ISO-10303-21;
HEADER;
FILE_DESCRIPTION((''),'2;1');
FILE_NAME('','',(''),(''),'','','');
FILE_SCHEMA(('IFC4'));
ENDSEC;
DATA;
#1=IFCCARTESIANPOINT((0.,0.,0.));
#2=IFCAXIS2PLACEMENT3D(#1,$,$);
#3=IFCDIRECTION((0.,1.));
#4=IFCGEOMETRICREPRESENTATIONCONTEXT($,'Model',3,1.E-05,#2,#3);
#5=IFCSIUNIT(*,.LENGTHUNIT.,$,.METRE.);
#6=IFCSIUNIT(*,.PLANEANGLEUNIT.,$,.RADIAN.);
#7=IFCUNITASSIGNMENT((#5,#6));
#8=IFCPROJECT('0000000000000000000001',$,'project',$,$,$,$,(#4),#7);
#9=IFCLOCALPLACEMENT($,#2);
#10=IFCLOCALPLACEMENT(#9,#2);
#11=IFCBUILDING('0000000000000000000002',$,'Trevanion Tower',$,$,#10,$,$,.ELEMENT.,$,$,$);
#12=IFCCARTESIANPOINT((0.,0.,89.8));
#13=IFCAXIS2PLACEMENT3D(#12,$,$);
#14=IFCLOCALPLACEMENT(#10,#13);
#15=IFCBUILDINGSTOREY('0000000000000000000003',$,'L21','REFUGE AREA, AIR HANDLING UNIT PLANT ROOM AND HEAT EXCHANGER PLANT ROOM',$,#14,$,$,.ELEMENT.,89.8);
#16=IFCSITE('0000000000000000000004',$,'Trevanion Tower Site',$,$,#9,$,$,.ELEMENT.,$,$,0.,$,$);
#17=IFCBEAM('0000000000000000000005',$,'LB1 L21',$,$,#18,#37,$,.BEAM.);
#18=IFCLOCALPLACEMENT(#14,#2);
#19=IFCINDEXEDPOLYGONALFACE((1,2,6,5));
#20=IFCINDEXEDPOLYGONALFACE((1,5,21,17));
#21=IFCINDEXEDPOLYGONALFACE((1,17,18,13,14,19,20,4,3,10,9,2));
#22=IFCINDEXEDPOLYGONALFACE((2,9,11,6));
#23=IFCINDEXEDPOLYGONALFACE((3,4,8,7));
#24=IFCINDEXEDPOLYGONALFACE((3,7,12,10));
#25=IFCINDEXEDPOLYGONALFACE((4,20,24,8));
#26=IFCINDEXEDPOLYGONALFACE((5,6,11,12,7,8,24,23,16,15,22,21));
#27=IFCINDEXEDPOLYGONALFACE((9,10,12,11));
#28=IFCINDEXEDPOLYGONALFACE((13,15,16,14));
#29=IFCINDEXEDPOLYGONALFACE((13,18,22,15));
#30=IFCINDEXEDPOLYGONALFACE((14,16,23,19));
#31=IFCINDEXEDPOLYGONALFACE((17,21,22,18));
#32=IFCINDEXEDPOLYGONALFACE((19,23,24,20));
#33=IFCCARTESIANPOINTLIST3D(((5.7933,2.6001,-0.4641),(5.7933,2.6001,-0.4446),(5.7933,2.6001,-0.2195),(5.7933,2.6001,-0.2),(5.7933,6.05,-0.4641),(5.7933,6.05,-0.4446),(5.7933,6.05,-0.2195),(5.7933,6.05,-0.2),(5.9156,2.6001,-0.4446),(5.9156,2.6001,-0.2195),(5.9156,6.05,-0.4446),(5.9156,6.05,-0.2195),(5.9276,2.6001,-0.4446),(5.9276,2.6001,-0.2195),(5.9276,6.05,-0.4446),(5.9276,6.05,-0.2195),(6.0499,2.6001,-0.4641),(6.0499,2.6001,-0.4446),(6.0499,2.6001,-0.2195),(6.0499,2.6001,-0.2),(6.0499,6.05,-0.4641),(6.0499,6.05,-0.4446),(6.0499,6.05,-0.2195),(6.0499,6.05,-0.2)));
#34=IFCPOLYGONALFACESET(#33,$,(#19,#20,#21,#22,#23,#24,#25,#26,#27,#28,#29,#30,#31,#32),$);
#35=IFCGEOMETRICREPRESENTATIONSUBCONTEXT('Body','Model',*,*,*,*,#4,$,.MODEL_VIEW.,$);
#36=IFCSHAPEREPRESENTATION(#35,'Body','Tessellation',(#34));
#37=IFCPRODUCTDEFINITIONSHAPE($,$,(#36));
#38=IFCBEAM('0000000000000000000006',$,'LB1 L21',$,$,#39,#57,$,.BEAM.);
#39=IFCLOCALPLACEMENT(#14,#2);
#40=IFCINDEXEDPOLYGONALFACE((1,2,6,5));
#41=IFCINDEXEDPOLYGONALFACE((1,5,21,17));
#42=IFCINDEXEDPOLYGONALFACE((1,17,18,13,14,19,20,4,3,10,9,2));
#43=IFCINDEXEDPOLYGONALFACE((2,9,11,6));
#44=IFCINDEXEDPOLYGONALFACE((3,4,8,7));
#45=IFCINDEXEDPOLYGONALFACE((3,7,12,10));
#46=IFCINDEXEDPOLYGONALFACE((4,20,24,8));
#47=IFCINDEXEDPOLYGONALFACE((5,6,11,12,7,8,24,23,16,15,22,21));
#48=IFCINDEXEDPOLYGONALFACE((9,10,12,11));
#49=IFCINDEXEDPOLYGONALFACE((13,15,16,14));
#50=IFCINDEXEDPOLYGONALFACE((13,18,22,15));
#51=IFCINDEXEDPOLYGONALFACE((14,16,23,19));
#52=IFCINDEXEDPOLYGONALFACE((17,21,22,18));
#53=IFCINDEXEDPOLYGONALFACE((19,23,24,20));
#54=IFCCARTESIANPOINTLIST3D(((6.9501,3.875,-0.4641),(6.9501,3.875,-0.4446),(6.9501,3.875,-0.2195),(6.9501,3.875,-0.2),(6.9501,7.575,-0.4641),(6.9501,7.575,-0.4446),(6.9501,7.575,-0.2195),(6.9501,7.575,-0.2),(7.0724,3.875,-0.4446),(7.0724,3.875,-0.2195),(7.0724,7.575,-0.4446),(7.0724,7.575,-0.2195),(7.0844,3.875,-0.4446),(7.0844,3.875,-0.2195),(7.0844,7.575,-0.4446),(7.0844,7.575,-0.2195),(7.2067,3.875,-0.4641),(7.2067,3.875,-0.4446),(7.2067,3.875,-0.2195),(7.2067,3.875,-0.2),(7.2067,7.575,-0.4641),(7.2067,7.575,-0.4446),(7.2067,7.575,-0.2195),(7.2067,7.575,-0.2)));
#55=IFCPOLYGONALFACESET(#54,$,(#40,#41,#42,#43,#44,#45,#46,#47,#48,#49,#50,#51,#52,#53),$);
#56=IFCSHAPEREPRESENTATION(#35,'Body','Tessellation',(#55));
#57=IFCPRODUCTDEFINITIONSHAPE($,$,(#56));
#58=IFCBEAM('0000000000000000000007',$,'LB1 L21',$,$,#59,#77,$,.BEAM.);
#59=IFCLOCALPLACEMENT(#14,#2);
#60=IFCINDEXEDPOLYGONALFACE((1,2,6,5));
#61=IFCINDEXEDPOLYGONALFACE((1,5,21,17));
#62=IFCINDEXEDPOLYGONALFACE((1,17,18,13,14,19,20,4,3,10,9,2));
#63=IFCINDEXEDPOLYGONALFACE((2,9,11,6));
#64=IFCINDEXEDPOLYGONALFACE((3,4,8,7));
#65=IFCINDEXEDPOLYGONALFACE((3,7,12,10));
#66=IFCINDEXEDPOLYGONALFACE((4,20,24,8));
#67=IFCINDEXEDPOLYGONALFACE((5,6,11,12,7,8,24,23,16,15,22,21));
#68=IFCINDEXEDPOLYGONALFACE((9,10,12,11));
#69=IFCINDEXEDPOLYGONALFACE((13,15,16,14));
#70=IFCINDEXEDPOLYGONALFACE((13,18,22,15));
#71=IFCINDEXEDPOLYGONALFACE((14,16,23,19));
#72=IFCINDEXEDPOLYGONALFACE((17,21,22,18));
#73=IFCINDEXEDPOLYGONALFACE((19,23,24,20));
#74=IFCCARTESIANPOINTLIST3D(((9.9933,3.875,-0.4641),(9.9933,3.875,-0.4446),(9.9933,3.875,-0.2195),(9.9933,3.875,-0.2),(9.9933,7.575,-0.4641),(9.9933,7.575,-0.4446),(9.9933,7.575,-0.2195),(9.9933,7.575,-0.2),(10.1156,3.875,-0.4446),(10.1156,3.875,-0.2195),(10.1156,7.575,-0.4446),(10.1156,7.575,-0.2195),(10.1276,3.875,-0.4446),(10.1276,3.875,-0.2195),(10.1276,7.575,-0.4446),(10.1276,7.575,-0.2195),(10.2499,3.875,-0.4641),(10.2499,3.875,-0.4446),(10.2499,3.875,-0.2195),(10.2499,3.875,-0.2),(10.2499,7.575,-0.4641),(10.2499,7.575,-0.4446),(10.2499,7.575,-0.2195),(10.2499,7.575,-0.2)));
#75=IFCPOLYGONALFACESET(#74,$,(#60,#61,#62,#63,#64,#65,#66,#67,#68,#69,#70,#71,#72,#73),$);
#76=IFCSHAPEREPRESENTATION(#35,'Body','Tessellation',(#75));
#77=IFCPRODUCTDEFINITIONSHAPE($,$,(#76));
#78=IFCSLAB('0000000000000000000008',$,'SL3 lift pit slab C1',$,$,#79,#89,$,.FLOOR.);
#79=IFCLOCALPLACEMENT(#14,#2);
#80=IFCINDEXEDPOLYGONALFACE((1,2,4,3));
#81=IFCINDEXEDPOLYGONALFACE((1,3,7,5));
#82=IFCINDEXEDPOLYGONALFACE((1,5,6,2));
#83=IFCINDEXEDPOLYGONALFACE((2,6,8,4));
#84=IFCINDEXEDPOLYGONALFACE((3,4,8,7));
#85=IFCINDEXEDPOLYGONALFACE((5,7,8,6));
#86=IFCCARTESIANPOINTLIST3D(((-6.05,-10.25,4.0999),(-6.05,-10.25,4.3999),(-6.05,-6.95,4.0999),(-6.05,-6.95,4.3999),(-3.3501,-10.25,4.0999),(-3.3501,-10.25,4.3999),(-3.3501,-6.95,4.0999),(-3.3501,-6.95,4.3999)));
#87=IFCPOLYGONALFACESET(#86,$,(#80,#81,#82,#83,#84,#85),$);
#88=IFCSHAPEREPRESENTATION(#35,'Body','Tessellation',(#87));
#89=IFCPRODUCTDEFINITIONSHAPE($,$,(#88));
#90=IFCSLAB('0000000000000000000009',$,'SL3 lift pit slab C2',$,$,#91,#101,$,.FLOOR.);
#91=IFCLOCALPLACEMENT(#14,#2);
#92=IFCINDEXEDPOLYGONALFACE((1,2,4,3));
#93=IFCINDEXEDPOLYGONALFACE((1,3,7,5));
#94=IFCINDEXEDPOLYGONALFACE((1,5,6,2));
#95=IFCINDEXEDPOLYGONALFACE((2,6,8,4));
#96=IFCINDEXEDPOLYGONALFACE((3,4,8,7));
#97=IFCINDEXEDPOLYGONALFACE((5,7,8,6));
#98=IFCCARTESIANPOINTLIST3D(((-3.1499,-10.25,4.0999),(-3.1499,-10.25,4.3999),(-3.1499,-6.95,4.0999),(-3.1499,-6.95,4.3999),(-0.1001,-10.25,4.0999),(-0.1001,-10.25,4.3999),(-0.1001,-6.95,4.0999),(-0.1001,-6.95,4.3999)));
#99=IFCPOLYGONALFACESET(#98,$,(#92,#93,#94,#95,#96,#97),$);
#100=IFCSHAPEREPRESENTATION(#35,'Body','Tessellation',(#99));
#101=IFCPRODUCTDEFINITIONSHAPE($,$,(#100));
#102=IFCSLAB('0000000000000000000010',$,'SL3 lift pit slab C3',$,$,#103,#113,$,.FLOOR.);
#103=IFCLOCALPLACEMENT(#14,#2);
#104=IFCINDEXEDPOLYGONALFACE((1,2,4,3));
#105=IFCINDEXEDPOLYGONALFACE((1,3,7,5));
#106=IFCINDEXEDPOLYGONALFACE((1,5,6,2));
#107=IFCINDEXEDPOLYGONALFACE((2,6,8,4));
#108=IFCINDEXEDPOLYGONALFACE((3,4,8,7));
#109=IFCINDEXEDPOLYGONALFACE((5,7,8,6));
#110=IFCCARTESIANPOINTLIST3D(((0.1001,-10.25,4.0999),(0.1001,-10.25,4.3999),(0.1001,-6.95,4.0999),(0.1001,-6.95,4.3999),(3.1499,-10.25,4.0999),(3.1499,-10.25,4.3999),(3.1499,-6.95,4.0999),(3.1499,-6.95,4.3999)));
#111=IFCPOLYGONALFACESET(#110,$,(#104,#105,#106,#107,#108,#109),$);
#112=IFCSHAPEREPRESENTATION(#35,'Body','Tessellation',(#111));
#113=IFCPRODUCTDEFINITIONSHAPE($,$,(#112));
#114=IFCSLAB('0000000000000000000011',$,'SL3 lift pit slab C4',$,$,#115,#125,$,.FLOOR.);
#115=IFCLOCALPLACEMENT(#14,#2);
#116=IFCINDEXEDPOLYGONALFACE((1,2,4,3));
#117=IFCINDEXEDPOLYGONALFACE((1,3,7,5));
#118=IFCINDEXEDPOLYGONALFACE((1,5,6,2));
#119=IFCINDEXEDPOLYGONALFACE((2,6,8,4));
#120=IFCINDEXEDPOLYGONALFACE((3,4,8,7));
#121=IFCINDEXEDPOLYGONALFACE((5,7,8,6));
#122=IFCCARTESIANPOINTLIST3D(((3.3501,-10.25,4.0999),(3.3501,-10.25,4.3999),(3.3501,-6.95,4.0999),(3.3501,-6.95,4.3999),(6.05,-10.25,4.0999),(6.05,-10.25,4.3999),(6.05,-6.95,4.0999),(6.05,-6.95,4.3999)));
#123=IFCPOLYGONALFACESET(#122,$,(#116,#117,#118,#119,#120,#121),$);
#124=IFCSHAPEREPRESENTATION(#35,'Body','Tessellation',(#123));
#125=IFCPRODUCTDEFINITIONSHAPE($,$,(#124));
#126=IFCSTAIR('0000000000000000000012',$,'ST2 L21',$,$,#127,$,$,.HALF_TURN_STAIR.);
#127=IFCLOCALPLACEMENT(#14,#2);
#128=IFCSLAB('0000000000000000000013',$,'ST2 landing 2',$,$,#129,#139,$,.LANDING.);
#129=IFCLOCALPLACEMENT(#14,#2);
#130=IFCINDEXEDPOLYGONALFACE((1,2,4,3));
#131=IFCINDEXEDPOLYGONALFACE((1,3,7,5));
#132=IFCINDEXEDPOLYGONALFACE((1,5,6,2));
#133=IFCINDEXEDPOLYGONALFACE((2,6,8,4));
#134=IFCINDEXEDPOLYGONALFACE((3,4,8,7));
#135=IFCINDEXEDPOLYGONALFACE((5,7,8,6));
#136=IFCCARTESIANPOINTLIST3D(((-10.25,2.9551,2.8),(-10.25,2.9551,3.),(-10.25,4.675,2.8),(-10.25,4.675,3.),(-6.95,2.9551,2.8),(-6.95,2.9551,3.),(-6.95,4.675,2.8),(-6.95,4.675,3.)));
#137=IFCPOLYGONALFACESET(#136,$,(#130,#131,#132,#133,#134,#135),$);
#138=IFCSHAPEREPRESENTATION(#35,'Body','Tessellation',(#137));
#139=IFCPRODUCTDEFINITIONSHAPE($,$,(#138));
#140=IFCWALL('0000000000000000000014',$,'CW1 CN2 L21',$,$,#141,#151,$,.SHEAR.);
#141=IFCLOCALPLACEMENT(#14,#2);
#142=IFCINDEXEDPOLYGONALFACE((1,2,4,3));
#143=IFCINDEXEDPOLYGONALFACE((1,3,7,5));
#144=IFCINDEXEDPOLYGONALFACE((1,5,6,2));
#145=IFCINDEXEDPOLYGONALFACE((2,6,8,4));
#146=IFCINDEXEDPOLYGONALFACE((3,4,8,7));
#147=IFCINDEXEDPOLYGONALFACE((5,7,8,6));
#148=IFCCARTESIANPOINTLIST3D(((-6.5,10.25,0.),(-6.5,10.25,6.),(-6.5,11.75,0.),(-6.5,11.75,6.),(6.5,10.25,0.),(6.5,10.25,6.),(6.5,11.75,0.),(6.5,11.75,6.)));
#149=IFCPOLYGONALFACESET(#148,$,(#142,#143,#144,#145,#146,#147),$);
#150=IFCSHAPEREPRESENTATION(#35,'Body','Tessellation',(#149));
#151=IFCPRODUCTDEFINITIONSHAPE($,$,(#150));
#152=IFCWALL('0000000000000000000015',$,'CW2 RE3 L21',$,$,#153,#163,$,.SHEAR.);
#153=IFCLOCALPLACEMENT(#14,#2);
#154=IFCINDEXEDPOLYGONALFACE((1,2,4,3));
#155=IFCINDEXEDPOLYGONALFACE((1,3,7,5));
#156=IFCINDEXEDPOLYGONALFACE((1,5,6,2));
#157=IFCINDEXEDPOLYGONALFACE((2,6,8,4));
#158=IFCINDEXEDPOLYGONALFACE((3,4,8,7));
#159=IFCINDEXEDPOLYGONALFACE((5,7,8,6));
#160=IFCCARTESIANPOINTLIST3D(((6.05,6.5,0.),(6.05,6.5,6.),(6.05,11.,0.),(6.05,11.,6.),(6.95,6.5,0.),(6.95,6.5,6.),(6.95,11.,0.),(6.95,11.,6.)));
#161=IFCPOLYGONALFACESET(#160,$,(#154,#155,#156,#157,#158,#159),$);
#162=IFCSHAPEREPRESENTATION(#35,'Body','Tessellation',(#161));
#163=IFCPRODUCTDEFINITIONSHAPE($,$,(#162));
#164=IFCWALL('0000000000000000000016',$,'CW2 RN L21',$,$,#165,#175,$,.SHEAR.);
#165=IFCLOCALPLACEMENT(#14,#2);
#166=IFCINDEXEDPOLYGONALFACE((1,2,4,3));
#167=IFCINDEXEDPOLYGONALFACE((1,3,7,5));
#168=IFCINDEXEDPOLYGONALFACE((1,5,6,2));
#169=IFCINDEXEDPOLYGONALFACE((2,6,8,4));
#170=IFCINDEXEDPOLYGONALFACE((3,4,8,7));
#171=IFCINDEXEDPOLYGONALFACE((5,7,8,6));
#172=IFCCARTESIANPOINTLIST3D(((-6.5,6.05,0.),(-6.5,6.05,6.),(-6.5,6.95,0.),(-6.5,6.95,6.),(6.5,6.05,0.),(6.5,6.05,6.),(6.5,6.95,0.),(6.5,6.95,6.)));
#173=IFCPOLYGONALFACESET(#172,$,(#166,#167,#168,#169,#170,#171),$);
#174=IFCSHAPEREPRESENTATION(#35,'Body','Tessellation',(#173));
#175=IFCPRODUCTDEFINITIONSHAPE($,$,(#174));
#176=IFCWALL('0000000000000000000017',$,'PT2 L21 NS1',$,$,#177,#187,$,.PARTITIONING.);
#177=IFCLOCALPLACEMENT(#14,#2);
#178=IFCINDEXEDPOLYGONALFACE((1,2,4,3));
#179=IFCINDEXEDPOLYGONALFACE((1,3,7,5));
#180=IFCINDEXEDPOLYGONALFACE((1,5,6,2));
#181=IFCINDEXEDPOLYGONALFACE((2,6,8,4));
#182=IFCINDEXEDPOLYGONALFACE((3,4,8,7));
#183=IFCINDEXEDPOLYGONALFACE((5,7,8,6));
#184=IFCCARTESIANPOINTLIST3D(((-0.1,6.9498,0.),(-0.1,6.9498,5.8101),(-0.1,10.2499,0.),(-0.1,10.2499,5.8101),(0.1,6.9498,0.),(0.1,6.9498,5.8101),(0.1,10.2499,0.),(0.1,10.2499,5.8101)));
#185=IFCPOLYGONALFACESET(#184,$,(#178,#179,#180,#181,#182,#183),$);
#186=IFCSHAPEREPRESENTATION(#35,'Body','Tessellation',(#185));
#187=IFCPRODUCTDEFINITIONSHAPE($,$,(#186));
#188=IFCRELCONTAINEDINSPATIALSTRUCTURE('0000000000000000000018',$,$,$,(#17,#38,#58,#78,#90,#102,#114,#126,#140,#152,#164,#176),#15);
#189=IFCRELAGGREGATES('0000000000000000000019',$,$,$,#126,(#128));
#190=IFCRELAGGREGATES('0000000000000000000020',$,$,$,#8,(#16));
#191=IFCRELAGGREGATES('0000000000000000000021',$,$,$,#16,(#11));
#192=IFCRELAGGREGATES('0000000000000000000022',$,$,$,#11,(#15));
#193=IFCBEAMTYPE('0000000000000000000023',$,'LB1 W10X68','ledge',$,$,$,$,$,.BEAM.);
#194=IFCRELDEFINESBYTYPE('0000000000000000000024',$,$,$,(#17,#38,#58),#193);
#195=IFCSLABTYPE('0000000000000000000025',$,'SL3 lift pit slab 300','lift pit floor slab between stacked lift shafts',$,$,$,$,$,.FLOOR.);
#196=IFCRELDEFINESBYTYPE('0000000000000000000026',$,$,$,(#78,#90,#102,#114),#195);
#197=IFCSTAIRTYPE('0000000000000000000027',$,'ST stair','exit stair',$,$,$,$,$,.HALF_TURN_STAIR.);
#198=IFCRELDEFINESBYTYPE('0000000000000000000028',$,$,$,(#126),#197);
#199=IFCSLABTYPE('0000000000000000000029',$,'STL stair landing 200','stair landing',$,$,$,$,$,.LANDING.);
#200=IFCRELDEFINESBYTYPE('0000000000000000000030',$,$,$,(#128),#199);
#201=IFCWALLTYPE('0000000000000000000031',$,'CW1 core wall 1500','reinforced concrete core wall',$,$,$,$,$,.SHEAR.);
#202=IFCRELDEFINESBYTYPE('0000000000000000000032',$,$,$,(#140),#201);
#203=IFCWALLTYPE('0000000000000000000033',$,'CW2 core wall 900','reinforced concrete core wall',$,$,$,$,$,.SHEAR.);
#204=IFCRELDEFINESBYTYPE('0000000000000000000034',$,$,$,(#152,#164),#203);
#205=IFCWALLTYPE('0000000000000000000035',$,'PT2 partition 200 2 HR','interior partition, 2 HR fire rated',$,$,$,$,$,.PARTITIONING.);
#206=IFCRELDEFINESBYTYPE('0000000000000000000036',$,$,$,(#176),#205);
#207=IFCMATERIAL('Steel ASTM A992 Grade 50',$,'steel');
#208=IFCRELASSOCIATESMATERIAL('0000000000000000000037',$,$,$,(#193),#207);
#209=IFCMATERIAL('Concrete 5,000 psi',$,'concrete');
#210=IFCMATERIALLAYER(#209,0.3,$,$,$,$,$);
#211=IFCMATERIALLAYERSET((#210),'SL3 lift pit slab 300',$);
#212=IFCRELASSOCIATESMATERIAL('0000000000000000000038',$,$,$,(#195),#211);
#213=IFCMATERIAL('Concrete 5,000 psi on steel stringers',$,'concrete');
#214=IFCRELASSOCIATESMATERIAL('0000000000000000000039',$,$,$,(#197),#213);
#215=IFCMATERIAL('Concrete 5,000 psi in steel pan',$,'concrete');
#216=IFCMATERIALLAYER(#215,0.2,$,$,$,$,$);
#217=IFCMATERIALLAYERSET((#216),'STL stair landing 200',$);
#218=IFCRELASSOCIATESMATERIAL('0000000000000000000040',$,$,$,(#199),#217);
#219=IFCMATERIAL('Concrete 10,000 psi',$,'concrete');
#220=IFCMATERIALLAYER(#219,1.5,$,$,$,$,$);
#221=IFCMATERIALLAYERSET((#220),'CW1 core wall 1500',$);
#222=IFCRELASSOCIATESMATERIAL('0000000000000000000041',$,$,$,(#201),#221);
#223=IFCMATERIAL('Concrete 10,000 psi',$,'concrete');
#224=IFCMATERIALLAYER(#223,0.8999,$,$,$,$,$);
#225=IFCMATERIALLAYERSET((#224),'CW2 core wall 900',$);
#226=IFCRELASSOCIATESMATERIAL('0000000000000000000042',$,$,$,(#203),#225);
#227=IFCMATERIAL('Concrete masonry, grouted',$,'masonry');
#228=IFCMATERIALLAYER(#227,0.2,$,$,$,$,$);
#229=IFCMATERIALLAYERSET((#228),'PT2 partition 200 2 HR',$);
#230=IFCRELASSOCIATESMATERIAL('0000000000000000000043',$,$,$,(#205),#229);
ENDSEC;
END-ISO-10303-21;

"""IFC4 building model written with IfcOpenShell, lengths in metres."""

from ifc_helpers import new_model, si_unit, direction, frame, frame_2d, origin, origin_2d, place, context, subcontext, project, spatial, polyline, rectangle, i_section, outline, extrude, material, layer, layer_set, material_profile, profile_set, type_object, element, aggregate, save


model = new_model("IFC4")

# Units and contexts
model_context = context("Model", 3, precision=1e-05, world=origin(), true_north=direction((0.0, 1.0)))
body_context = subcontext(model_context, "Body", "Model", "MODEL_VIEW")
ifc_project = project(units=[si_unit("LENGTHUNIT", "METRE"), si_unit("PLANEANGLEUNIT", "RADIAN")], contexts=[model_context])

# Site, building, storey
site_placement = place(None, origin())
site = spatial("IfcSite", under=ifc_project, at=site_placement, Name="Trevanion Tower Site", CompositionType="ELEMENT", RefElevation=0.0)
building_placement = place(site_placement, origin())
building = spatial("IfcBuilding", under=site, at=building_placement, Name="Trevanion Tower", CompositionType="ELEMENT")
storey_placement = place(building_placement, frame((0.0, 0.0, 89.8)))
storey = spatial("IfcBuildingStorey", under=building, at=storey_placement, Name="L21", Description="REFUGE AREA, AIR HANDLING UNIT PLANT ROOM AND HEAT EXCHANGER PLANT ROOM", CompositionType="ELEMENT", Elevation=89.8)

# Beams
ifc_material_1 = material(Name="Steel ASTM A992 Grade 50", Category="steel")
ifc_material_profile = material_profile(ifc_material_1, i_section(OverallWidth=0.2566, OverallDepth=0.2642, WebThickness=0.012, FlangeThickness=0.0195, at=origin_2d()), Name="W10X68")
ifc_profile_set = profile_set([ifc_material_profile], Name="Steel ASTM A992 Grade 50")
beam_type = type_object("IfcBeamType", Name="LB1 W10X68", Description="ledge", PredefinedType="BEAM", material=ifc_profile_set)
beam_placement = place(storey_placement, frame((5.9216, 2.6001, -0.332), z_axis=(0.0, 1.0, 0.0), x_axis=(-1.0, 0.0, 0.0)))
element("IfcBeam", 1, at=beam_placement, inside=storey, type_object=beam_type, Name="LB1 L21", PredefinedType="BEAM", context=body_context, shape_type="SweptSolid", body=[
    extrude(i_section(OverallWidth=0.2566, OverallDepth=0.2642, WebThickness=0.012, FlangeThickness=0.0195, at=origin_2d()), origin(), (0.0, 0.0, 1.0), 3.45),
])
for number, where, z_axis, x_axis, name in (
    (2, (7.0784, 3.875, -0.332), (0.0, 1.0, 0.0), (-1.0, 0.0, 0.0), "LB1 L21"),
    (3, (10.1216, 3.875, -0.332), (0.0, 1.0, 0.0), (-1.0, 0.0, 0.0), "LB1 L21"),
):
    element("IfcBeam", number, at=place(storey_placement, frame(where, z_axis=z_axis, x_axis=x_axis)), inside=storey, type_object=beam_type, Name=name, PredefinedType="BEAM", context=body_context, shape_type="SweptSolid", body=[
        extrude(i_section(OverallWidth=0.2566, OverallDepth=0.2642, WebThickness=0.012, FlangeThickness=0.0195, at=origin_2d()), origin(), (0.0, 0.0, 1.0), 3.7),
    ])

# Slabs
ifc_material_2 = material(Name="Concrete 5,000 psi", Category="concrete")
ifc_layer_1 = layer(ifc_material_2, 0.3)
ifc_layer_set_1 = layer_set([ifc_layer_1], Name="SL3 lift pit slab 300")
slab_type_1 = type_object("IfcSlabType", Name="SL3 lift pit slab 300", Description="lift pit floor slab between stacked lift shafts", PredefinedType="FLOOR", material=ifc_layer_set_1)
slab_1_placement = place(storey_placement, frame((0.0, 0.0, 4.0999)))
element("IfcSlab", 4, at=slab_1_placement, inside=storey, type_object=slab_type_1, Name="SL3 lift pit slab C1", PredefinedType="FLOOR", context=body_context, shape_type="SweptSolid", body=[
    extrude(outline(polyline([(-6.05, -10.25), (-3.3501, -10.25), (-3.3501, -6.95), (-6.05, -6.95), (-6.05, -10.25)])), origin(), (0.0, 0.0, 1.0), 0.3),
])
slab_2_placement = place(storey_placement, frame((0.0, 0.0, 4.0999)))
element("IfcSlab", 5, at=slab_2_placement, inside=storey, type_object=slab_type_1, Name="SL3 lift pit slab C2", PredefinedType="FLOOR", context=body_context, shape_type="SweptSolid", body=[
    extrude(outline(polyline([(-3.1499, -10.25), (-0.1001, -10.25), (-0.1001, -6.95), (-3.1499, -6.95), (-3.1499, -10.25)])), origin(), (0.0, 0.0, 1.0), 0.3),
])
slab_3_placement = place(storey_placement, frame((0.0, 0.0, 4.0999)))
element("IfcSlab", 6, at=slab_3_placement, inside=storey, type_object=slab_type_1, Name="SL3 lift pit slab C3", PredefinedType="FLOOR", context=body_context, shape_type="SweptSolid", body=[
    extrude(outline(polyline([(0.1001, -10.25), (3.1499, -10.25), (3.1499, -6.95), (0.1001, -6.95), (0.1001, -10.25)])), origin(), (0.0, 0.0, 1.0), 0.3),
])
slab_4_placement = place(storey_placement, frame((0.0, 0.0, 4.0999)))
element("IfcSlab", 7, at=slab_4_placement, inside=storey, type_object=slab_type_1, Name="SL3 lift pit slab C4", PredefinedType="FLOOR", context=body_context, shape_type="SweptSolid", body=[
    extrude(outline(polyline([(3.3501, -10.25), (6.05, -10.25), (6.05, -6.95), (3.3501, -6.95), (3.3501, -10.25)])), origin(), (0.0, 0.0, 1.0), 0.3),
])

# Stair, slab
ifc_material_3 = material(Name="Concrete 5,000 psi on steel stringers", Category="concrete")
stair_type = type_object("IfcStairType", Name="ST stair", Description="exit stair", PredefinedType="HALF_TURN_STAIR", material=ifc_material_3)
stair_1_placement = place(storey_placement, origin())
stair_1 = element("IfcStair", 8, at=stair_1_placement, inside=storey, type_object=stair_type, Name="ST2 L21", PredefinedType="HALF_TURN_STAIR")
ifc_material_4 = material(Name="Concrete 5,000 psi in steel pan", Category="concrete")
ifc_layer_2 = layer(ifc_material_4, 0.2)
ifc_layer_set_2 = layer_set([ifc_layer_2], Name="STL stair landing 200")
slab_type_2 = type_object("IfcSlabType", Name="STL stair landing 200", Description="stair landing", PredefinedType="LANDING", material=ifc_layer_set_2)
slab_5_placement = place(storey_placement, frame((0.0, 0.0, 2.8)))
slab_5 = element("IfcSlab", 9, at=slab_5_placement, type_object=slab_type_2, Name="ST2 landing 2", PredefinedType="LANDING", context=body_context, shape_type="SweptSolid", body=[
    extrude(outline(polyline([(-6.95, 4.675), (-10.25, 4.675), (-10.25, 2.9551), (-6.95, 2.9551), (-6.95, 4.675)])), origin(), (0.0, 0.0, 1.0), 0.2),
])
aggregate(stair_1, [slab_5])

# Walls
ifc_material_5 = material(Name="Concrete 10,000 psi", Category="concrete")
ifc_layer_3 = layer(ifc_material_5, 1.5)
ifc_layer_set_3 = layer_set([ifc_layer_3], Name="CW1 core wall 1500")
wall_type_1 = type_object("IfcWallType", Name="CW1 core wall 1500", Description="reinforced concrete core wall", PredefinedType="SHEAR", material=ifc_layer_set_3)
wall_1_placement = place(storey_placement, frame((6.5, 11.0, 0.0), z_axis=(0.0, 0.0, 1.0), x_axis=(-1.0, 0.0, 0.0)))
element("IfcWall", 10, at=wall_1_placement, inside=storey, type_object=wall_type_1, Name="CW1 CN2 L21", PredefinedType="SHEAR", context=body_context, shape_type="SweptSolid", body=[
    extrude(rectangle(XDim=13.0, YDim=1.5, at=frame_2d((6.5, 0.0))), origin(), (0.0, 0.0, 1.0), 6.0),
])
ifc_material_6 = material(Name="Concrete 10,000 psi", Category="concrete")
ifc_layer_4 = layer(ifc_material_6, 0.8999)
ifc_layer_set_4 = layer_set([ifc_layer_4], Name="CW2 core wall 900")
wall_type_2 = type_object("IfcWallType", Name="CW2 core wall 900", Description="reinforced concrete core wall", PredefinedType="SHEAR", material=ifc_layer_set_4)
wall_2_placement = place(storey_placement, frame((6.5, 6.5, 0.0), z_axis=(0.0, 0.0, 1.0), x_axis=(0.0, 1.0, 0.0)))
element("IfcWall", 11, at=wall_2_placement, inside=storey, type_object=wall_type_2, Name="CW2 RE3 L21", PredefinedType="SHEAR", context=body_context, shape_type="SweptSolid", body=[
    extrude(rectangle(XDim=4.5, YDim=0.8999, at=frame_2d((2.25, 0.0))), origin(), (0.0, 0.0, 1.0), 6.0),
])
wall_3_placement = place(storey_placement, frame((6.5, 6.5, 0.0), z_axis=(0.0, 0.0, 1.0), x_axis=(-1.0, 0.0, 0.0)))
element("IfcWall", 12, at=wall_3_placement, inside=storey, type_object=wall_type_2, Name="CW2 RN L21", PredefinedType="SHEAR", context=body_context, shape_type="SweptSolid", body=[
    extrude(rectangle(XDim=13.0, YDim=0.8999, at=frame_2d((6.5, 0.0))), origin(), (0.0, 0.0, 1.0), 6.0),
])
ifc_material_7 = material(Name="Concrete masonry, grouted", Category="masonry")
ifc_layer_5 = layer(ifc_material_7, 0.2)
ifc_layer_set_5 = layer_set([ifc_layer_5], Name="PT2 partition 200 2 HR")
wall_type_3 = type_object("IfcWallType", Name="PT2 partition 200 2 HR", Description="interior partition, 2 HR fire rated", PredefinedType="PARTITIONING", material=ifc_layer_set_5)
for number, where, z_axis, x_axis, name in (
    (13, (0.0, 6.95, 0.0), (0.0, 0.0, 1.0), (0.0, 1.0, 0.0), "PT2 L21 NS1"),
):
    element("IfcWall", number, at=place(storey_placement, frame(where, z_axis=z_axis, x_axis=x_axis)), inside=storey, type_object=wall_type_3, Name=name, PredefinedType="PARTITIONING", context=body_context, shape_type="SweptSolid", body=[
        extrude(rectangle(XDim=3.3, YDim=0.2, at=frame_2d((1.6499, 0.0))), origin(), (0.0, 0.0, 1.0), 5.8101),
    ])

save(model, "model.ifc")
